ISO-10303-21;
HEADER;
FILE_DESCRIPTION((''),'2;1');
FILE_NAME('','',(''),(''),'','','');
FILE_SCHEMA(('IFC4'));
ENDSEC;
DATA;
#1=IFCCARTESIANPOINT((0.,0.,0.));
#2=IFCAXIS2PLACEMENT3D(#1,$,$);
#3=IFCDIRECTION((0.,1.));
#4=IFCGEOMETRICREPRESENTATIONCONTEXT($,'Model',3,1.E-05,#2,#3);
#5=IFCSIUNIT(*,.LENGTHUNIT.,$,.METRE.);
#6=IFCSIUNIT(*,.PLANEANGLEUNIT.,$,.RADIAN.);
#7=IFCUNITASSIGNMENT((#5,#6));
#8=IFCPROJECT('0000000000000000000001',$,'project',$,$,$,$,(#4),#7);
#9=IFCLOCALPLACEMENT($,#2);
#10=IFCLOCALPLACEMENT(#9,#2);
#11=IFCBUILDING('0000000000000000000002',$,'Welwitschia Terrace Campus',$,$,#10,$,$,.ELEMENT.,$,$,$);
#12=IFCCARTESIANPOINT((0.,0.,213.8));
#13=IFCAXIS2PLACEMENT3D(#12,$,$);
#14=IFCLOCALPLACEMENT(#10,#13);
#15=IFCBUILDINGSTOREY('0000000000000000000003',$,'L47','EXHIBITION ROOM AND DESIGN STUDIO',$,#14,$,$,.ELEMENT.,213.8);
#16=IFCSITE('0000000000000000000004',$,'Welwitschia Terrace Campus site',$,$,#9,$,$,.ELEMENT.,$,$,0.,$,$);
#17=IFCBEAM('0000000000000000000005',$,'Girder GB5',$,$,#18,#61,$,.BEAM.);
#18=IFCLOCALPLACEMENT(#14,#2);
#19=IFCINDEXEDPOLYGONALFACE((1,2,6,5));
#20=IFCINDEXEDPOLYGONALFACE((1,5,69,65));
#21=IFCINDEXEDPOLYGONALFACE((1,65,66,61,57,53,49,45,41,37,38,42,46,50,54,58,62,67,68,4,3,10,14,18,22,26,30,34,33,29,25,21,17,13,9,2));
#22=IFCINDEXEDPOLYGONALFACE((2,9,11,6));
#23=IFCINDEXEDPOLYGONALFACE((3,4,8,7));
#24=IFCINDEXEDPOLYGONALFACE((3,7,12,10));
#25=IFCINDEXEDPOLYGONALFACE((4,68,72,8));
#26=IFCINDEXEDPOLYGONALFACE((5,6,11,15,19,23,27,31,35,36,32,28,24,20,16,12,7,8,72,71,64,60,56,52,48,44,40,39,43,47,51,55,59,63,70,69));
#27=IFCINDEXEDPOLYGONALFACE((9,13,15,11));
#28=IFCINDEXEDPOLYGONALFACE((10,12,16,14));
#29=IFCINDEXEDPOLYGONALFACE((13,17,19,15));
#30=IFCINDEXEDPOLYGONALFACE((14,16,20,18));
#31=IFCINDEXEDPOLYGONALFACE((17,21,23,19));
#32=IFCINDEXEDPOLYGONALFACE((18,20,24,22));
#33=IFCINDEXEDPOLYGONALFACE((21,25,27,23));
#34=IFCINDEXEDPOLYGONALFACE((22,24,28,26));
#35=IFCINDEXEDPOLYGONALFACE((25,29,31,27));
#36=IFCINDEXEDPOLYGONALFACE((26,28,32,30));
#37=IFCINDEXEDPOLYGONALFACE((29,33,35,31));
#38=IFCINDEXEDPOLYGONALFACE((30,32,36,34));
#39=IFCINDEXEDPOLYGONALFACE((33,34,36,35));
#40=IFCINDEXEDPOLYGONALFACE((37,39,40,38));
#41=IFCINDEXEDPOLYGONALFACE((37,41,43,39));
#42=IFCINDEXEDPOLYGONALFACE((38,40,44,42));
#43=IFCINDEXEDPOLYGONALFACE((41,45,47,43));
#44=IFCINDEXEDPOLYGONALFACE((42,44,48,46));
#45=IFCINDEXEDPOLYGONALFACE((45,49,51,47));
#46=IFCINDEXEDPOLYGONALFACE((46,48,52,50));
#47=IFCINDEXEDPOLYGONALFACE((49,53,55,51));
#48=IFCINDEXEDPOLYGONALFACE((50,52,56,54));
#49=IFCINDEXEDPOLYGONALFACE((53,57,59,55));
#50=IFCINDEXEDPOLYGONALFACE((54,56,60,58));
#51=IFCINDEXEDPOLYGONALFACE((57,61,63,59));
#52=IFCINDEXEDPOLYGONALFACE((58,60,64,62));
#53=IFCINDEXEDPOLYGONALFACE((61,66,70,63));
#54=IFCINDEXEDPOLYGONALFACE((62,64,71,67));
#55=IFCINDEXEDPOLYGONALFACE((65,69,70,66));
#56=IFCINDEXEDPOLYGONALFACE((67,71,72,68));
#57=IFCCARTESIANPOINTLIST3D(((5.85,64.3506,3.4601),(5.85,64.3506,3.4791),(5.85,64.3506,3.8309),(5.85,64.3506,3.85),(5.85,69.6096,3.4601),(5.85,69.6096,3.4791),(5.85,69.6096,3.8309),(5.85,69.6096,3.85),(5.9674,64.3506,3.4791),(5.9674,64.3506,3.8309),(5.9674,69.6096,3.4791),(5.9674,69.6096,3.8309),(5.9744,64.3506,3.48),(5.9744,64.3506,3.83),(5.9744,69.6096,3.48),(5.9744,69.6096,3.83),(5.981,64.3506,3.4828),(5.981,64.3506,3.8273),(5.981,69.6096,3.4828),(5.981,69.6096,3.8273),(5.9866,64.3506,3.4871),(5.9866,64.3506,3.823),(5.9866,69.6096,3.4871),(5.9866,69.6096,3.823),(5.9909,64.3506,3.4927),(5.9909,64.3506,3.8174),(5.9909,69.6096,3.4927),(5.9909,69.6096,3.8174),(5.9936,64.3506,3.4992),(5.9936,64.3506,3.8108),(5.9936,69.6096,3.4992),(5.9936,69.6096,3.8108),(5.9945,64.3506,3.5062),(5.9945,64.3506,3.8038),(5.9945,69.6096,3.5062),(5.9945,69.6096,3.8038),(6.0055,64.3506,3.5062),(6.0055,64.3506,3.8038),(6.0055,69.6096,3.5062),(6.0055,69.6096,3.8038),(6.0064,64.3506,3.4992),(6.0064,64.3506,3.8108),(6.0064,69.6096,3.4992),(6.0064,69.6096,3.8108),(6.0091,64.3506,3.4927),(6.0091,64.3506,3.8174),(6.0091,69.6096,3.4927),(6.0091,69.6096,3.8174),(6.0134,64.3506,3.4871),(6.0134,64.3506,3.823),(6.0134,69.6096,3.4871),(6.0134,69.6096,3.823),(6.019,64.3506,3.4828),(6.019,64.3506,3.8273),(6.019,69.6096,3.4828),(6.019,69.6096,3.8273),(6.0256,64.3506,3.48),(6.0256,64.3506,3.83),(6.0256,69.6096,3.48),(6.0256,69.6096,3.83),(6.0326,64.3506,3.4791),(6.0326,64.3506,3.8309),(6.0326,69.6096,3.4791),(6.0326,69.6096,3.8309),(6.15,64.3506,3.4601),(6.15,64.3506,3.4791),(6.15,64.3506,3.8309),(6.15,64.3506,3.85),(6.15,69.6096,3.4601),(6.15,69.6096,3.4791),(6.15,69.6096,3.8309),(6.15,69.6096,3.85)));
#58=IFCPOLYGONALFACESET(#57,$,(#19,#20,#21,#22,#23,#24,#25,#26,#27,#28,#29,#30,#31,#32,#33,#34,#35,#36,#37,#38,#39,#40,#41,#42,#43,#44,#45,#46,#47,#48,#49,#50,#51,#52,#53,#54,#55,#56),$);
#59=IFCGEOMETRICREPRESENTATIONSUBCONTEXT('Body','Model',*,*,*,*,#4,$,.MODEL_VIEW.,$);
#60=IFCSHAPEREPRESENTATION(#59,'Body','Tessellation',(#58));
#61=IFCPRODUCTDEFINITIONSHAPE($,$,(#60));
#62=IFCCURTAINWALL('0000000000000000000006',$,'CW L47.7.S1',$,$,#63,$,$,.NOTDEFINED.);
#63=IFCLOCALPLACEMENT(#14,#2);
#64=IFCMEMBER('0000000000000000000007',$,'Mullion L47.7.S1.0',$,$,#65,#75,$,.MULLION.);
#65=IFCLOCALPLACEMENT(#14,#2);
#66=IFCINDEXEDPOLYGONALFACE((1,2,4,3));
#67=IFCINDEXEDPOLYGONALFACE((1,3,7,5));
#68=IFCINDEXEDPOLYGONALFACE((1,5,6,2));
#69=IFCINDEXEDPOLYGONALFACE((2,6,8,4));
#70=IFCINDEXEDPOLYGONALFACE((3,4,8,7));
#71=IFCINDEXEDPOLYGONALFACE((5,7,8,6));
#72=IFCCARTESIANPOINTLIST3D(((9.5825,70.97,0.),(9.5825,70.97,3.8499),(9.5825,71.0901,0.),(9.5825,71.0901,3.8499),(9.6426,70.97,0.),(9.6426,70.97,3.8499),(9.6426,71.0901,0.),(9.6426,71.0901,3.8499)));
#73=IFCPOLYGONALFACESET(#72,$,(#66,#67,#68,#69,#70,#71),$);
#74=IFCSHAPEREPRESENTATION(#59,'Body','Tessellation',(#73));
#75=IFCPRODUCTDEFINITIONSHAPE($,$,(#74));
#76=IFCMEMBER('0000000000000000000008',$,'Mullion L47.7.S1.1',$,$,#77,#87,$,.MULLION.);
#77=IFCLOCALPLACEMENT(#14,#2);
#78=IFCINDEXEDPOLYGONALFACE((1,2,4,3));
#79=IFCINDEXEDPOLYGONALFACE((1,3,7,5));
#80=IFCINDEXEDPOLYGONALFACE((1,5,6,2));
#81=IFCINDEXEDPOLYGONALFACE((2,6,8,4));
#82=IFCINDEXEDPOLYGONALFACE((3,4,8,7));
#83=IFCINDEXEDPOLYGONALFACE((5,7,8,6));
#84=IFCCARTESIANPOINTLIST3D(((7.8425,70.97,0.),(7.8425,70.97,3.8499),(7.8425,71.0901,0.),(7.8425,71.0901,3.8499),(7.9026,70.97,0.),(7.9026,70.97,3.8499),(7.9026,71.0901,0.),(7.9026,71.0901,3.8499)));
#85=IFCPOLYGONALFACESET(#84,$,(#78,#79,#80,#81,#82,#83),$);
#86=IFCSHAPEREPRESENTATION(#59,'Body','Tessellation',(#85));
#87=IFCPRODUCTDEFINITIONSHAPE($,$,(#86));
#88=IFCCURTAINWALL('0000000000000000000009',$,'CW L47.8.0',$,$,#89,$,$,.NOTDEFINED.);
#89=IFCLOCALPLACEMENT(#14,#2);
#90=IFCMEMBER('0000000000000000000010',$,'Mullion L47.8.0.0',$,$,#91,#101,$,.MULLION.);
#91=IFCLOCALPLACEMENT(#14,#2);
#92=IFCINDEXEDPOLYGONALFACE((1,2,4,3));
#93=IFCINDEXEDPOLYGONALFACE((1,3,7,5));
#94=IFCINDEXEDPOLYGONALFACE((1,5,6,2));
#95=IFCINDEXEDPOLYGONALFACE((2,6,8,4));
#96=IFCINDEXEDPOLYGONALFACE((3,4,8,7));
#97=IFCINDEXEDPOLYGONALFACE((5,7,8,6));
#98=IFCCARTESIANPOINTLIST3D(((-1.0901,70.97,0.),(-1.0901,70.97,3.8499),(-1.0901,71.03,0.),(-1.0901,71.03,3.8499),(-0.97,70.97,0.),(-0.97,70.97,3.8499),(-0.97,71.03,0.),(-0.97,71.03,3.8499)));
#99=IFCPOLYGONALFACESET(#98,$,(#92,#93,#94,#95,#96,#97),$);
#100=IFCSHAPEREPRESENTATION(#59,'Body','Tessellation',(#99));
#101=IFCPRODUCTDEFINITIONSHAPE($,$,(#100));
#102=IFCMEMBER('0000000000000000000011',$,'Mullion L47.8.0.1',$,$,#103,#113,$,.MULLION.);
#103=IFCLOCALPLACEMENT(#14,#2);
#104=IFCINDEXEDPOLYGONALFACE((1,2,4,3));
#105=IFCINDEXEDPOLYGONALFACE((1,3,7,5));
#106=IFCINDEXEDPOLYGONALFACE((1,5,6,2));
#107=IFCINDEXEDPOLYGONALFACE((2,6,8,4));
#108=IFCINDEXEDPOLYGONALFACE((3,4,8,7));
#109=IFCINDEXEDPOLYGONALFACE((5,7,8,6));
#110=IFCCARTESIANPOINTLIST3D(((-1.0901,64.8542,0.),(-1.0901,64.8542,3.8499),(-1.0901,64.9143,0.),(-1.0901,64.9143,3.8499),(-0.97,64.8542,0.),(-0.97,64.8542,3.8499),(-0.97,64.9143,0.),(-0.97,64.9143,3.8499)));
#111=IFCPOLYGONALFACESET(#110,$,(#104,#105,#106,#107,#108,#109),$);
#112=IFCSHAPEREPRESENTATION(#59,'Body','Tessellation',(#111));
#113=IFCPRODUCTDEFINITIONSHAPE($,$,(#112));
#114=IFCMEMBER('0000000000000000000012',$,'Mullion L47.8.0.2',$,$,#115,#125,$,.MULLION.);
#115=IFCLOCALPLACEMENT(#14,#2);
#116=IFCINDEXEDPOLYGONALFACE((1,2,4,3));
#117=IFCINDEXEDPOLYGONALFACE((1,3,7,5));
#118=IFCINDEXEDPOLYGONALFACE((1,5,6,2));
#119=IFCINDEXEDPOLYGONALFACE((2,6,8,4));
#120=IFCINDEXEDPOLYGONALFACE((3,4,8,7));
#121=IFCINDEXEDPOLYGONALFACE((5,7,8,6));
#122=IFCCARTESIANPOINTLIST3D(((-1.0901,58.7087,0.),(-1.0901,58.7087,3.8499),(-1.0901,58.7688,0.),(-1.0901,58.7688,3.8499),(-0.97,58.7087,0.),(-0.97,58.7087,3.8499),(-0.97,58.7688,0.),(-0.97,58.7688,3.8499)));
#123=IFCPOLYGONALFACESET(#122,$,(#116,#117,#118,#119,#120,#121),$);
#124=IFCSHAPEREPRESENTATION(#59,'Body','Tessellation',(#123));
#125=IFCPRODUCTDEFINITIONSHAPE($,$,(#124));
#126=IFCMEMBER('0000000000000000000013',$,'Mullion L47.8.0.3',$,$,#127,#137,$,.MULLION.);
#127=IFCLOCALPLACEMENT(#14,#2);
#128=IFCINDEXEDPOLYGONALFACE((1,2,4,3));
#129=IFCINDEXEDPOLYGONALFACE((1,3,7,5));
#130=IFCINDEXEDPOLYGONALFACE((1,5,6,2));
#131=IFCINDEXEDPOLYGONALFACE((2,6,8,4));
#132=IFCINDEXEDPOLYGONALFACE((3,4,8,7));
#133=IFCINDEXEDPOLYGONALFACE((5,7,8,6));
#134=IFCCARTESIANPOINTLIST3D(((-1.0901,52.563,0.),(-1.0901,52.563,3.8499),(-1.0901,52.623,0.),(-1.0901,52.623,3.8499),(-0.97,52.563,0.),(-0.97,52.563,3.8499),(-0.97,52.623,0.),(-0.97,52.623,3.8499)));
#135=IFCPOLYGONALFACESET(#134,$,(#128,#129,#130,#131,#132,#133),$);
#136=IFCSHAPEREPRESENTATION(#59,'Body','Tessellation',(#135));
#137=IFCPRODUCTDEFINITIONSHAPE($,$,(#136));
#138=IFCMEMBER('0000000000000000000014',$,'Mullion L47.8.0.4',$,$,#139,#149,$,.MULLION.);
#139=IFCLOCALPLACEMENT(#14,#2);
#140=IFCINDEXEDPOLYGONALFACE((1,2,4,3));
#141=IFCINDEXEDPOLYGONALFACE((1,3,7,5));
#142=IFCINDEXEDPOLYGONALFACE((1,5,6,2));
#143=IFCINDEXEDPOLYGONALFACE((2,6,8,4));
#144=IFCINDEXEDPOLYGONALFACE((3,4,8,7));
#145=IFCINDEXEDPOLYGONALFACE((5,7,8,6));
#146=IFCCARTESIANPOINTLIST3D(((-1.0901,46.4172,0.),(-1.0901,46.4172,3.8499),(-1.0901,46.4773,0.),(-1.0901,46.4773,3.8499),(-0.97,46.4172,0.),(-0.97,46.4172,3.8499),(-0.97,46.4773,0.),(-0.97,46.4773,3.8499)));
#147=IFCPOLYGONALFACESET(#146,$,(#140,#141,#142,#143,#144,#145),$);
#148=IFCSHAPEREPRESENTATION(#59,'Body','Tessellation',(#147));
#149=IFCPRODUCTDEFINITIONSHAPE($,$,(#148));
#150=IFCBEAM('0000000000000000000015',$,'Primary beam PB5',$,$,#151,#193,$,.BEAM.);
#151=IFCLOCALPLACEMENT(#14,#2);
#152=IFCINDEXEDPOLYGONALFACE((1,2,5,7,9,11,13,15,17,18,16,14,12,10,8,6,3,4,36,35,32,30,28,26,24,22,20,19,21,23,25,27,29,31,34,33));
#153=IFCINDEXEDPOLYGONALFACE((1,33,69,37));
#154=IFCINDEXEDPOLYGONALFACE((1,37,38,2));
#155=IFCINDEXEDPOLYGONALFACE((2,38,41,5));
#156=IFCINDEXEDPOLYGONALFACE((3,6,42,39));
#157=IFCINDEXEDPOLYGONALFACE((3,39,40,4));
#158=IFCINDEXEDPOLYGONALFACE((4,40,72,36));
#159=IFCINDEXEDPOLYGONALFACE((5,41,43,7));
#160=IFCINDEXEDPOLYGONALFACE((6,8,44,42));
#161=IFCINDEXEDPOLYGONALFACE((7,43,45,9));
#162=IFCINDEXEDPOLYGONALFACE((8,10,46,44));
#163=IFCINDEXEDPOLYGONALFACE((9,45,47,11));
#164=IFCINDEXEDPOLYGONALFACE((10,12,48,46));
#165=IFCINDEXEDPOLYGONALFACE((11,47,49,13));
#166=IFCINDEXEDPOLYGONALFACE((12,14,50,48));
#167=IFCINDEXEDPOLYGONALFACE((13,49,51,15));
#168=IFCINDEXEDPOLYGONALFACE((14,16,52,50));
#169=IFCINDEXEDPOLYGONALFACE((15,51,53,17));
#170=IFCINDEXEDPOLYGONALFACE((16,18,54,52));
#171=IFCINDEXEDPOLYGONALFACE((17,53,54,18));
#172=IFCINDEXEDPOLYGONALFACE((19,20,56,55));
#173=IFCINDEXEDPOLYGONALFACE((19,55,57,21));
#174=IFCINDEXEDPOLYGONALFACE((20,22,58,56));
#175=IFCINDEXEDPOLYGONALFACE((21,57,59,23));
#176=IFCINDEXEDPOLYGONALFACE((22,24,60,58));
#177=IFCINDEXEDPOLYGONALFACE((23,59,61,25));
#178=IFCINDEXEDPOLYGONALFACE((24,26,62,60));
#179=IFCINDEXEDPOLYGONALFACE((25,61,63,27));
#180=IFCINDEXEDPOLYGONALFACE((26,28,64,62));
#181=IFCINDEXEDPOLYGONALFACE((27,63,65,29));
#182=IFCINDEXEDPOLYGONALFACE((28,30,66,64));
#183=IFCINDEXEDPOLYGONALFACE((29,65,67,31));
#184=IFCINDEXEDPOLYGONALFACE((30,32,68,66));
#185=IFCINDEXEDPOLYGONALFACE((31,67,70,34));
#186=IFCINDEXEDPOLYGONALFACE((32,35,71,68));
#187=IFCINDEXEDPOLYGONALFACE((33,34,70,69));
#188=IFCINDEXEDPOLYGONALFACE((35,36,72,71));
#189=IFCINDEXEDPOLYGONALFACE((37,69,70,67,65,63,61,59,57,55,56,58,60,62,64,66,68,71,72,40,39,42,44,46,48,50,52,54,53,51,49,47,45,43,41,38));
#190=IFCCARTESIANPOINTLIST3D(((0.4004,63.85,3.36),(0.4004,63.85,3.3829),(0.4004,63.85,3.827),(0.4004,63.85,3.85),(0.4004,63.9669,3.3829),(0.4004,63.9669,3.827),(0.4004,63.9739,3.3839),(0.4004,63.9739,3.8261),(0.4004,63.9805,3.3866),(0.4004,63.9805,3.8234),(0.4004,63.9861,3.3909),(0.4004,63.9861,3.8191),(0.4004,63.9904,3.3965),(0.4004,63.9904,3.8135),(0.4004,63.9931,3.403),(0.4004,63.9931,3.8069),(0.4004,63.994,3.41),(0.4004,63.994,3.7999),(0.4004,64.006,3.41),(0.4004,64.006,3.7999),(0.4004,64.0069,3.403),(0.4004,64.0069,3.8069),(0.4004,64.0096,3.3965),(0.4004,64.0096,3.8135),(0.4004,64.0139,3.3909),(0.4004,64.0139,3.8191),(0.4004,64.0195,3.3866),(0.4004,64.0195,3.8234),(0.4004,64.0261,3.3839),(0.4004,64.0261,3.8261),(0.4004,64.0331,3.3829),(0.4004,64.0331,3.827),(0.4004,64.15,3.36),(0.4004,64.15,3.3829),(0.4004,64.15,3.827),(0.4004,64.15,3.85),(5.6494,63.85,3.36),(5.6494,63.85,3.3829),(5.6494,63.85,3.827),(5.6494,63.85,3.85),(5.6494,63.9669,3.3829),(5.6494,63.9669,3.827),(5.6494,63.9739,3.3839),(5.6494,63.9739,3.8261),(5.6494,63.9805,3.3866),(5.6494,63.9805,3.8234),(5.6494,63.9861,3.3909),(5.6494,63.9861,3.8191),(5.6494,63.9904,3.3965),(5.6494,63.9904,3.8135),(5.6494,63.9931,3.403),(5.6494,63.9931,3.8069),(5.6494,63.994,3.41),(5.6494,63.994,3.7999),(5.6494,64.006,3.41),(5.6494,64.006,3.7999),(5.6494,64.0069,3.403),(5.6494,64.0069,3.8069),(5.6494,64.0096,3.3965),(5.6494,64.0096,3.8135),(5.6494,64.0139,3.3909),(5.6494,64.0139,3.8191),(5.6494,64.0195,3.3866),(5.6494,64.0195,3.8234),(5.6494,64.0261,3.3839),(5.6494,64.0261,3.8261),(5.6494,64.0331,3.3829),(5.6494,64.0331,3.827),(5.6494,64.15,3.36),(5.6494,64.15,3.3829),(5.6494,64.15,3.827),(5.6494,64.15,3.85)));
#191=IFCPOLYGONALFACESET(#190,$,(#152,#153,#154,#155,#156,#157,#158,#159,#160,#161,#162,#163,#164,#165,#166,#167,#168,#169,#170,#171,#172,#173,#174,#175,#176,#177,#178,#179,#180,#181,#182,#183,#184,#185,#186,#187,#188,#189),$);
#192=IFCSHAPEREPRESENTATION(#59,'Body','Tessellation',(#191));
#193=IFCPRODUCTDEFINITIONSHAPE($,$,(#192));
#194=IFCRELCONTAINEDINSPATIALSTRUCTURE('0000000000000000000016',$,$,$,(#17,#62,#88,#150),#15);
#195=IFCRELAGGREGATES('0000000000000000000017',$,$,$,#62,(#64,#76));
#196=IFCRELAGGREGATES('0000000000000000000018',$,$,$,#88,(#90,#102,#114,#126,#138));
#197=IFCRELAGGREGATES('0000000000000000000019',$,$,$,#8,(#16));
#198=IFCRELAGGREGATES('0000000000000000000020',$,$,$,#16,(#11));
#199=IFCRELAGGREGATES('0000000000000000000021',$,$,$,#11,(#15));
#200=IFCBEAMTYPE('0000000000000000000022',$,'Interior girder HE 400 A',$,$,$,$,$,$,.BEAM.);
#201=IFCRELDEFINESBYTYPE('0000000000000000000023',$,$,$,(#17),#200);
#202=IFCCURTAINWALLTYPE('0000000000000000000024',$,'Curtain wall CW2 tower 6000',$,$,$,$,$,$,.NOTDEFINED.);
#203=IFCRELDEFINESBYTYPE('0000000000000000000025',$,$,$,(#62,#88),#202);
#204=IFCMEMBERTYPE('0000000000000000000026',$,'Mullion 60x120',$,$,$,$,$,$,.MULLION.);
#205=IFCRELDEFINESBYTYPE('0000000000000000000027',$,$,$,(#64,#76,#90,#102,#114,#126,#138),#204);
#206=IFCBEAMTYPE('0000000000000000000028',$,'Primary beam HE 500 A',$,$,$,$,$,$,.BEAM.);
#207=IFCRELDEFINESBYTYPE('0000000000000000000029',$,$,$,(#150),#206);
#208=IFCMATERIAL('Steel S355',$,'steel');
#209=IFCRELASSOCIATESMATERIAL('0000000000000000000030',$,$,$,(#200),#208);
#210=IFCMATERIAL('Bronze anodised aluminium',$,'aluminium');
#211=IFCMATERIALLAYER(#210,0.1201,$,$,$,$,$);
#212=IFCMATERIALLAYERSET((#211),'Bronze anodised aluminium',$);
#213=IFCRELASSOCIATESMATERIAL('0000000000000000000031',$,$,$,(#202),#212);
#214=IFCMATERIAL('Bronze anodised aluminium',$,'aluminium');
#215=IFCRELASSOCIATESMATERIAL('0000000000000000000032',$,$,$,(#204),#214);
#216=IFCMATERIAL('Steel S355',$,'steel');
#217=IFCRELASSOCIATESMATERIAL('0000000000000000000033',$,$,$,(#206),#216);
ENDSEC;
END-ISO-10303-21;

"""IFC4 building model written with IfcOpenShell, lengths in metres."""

from ifc_helpers import new_model, si_unit, direction, frame, origin, origin_2d, place, context, subcontext, project, spatial, rectangle, i_section, extrude, material, layer, layer_set, material_profile, profile_set, type_object, element, aggregate, save


model = new_model("IFC4")

# Units and contexts
model_context = context("Model", 3, precision=1e-05, world=origin(), true_north=direction((0.0, 1.0)))
body_context = subcontext(model_context, "Body", "Model", "MODEL_VIEW")
ifc_project = project(units=[si_unit("LENGTHUNIT", "METRE"), si_unit("PLANEANGLEUNIT", "RADIAN")], contexts=[model_context])

# Site, building, storey
site_placement = place(None, origin())
site = spatial("IfcSite", under=ifc_project, at=site_placement, Name="Welwitschia Terrace Campus site", CompositionType="ELEMENT", RefElevation=0.0)
building_placement = place(site_placement, origin())
building = spatial("IfcBuilding", under=site, at=building_placement, Name="Welwitschia Terrace Campus", CompositionType="ELEMENT")
storey_placement = place(building_placement, frame((0.0, 0.0, 213.8)))
storey = spatial("IfcBuildingStorey", under=building, at=storey_placement, Name="L47", Description="EXHIBITION ROOM AND DESIGN STUDIO", CompositionType="ELEMENT", Elevation=213.8)

# Beam
ifc_material_1 = material(Name="Steel S355", Category="steel")
ifc_material_profile_1 = material_profile(ifc_material_1, i_section(OverallWidth=0.3, OverallDepth=0.3899, WebThickness=0.011, FlangeThickness=0.019, FilletRadius=0.0271, at=origin_2d()))
ifc_profile_set_1 = profile_set([ifc_material_profile_1], Name="Steel S355")
beam_type_1 = type_object("IfcBeamType", Name="Interior girder HE 400 A", PredefinedType="BEAM", material=ifc_profile_set_1)
beam_1_placement = place(storey_placement, frame((6.0, 64.3506, 3.655), z_axis=(0.0, 1.0, 0.0), x_axis=(-1.0, 0.0, 0.0)))
element("IfcBeam", 1, at=beam_1_placement, inside=storey, type_object=beam_type_1, Name="Girder GB5", PredefinedType="BEAM", context=body_context, shape_type="SweptSolid", body=[
    extrude(i_section(OverallWidth=0.3, OverallDepth=0.3899, WebThickness=0.011, FlangeThickness=0.019, FilletRadius=0.0271, at=origin_2d()), origin(), (0.0, 0.0, 1.0), 5.259),
])

# Curtain walls, members
ifc_material_2 = material(Name="Bronze anodised aluminium", Category="aluminium")
ifc_layer_1 = layer(ifc_material_2, 0.1201)
ifc_layer_set_1 = layer_set([ifc_layer_1], Name="Bronze anodised aluminium")
curtain_wall_type = type_object("IfcCurtainWallType", Name="Curtain wall CW2 tower 6000", PredefinedType="NOTDEFINED", material=ifc_layer_set_1)
curtain_wall_1_placement = place(storey_placement, origin())
curtain_wall_1 = element("IfcCurtainWall", 2, at=curtain_wall_1_placement, inside=storey, type_object=curtain_wall_type, Name="CW L47.7.S1", PredefinedType="NOTDEFINED")
ifc_material_3 = material(Name="Bronze anodised aluminium", Category="aluminium")
ifc_material_profile_2 = material_profile(ifc_material_3, rectangle(XDim=0.1201, YDim=0.0601, at=origin_2d()))
ifc_profile_set_2 = profile_set([ifc_material_profile_2], Name="Bronze anodised aluminium")
member_type_1 = type_object("IfcMemberType", Name="Mullion 60x120", PredefinedType="MULLION", material=ifc_profile_set_2)
member_1_placement = place(storey_placement, frame((9.6125, 71.03, 0.0), z_axis=(0.0, 0.0, 1.0), x_axis=(0.0, -1.0, 0.0)))
member_1 = element("IfcMember", 3, at=member_1_placement, type_object=member_type_1, Name="Mullion L47.7.S1.0", PredefinedType="MULLION", context=body_context, shape_type="SweptSolid", body=[
    extrude(rectangle(XDim=0.1201, YDim=0.0601, at=origin_2d()), origin(), (0.0, 0.0, 1.0), 3.8499),
])
member_2_placement = place(storey_placement, frame((7.8726, 71.03, 0.0), z_axis=(0.0, 0.0, 1.0), x_axis=(0.0, -1.0, 0.0)))
member_2 = element("IfcMember", 4, at=member_2_placement, type_object=member_type_1, Name="Mullion L47.7.S1.1", PredefinedType="MULLION", context=body_context, shape_type="SweptSolid", body=[
    extrude(rectangle(XDim=0.1201, YDim=0.0601, at=origin_2d()), origin(), (0.0, 0.0, 1.0), 3.8499),
])
curtain_wall_2_placement = place(storey_placement, origin())
curtain_wall_2 = element("IfcCurtainWall", 5, at=curtain_wall_2_placement, inside=storey, type_object=curtain_wall_type, Name="CW L47.8.0", PredefinedType="NOTDEFINED")
member_3_placement = place(storey_placement, frame((-1.03, 71.0, 0.0), z_axis=(0.0, 0.0, 1.0), x_axis=(1.0, 0.0, 0.0)))
member_3 = element("IfcMember", 6, at=member_3_placement, type_object=member_type_1, Name="Mullion L47.8.0.0", PredefinedType="MULLION", context=body_context, shape_type="SweptSolid", body=[
    extrude(rectangle(XDim=0.1201, YDim=0.0601, at=origin_2d()), origin(), (0.0, 0.0, 1.0), 3.8499),
])
member_4_placement = place(storey_placement, frame((-1.03, 64.8843, 0.0), z_axis=(0.0, 0.0, 1.0), x_axis=(1.0, 0.0, 0.0)))
member_4 = element("IfcMember", 7, at=member_4_placement, type_object=member_type_1, Name="Mullion L47.8.0.1", PredefinedType="MULLION", context=body_context, shape_type="SweptSolid", body=[
    extrude(rectangle(XDim=0.1201, YDim=0.0601, at=origin_2d()), origin(), (0.0, 0.0, 1.0), 3.8499),
])
member_5_placement = place(storey_placement, frame((-1.03, 58.7388, 0.0), z_axis=(0.0, 0.0, 1.0), x_axis=(1.0, 0.0, 0.0)))
member_5 = element("IfcMember", 8, at=member_5_placement, type_object=member_type_1, Name="Mullion L47.8.0.2", PredefinedType="MULLION", context=body_context, shape_type="SweptSolid", body=[
    extrude(rectangle(XDim=0.1201, YDim=0.0601, at=origin_2d()), origin(), (0.0, 0.0, 1.0), 3.8499),
])
member_6_placement = place(storey_placement, frame((-1.03, 52.593, 0.0), z_axis=(0.0, 0.0, 1.0), x_axis=(1.0, 0.0, 0.0)))
member_6 = element("IfcMember", 9, at=member_6_placement, type_object=member_type_1, Name="Mullion L47.8.0.3", PredefinedType="MULLION", context=body_context, shape_type="SweptSolid", body=[
    extrude(rectangle(XDim=0.1201, YDim=0.0601, at=origin_2d()), origin(), (0.0, 0.0, 1.0), 3.8499),
])
member_7_placement = place(storey_placement, frame((-1.03, 46.4473, 0.0), z_axis=(0.0, 0.0, 1.0), x_axis=(1.0, 0.0, 0.0)))
member_7 = element("IfcMember", 10, at=member_7_placement, type_object=member_type_1, Name="Mullion L47.8.0.4", PredefinedType="MULLION", context=body_context, shape_type="SweptSolid", body=[
    extrude(rectangle(XDim=0.1201, YDim=0.0601, at=origin_2d()), origin(), (0.0, 0.0, 1.0), 3.8499),
])

# Beam
ifc_material_4 = material(Name="Steel S355", Category="steel")
ifc_material_profile_3 = material_profile(ifc_material_4, i_section(OverallWidth=0.3, OverallDepth=0.49, WebThickness=0.012, FlangeThickness=0.0229, FilletRadius=0.0271, at=origin_2d()))
ifc_profile_set_3 = profile_set([ifc_material_profile_3], Name="Steel S355")
beam_type_2 = type_object("IfcBeamType", Name="Primary beam HE 500 A", PredefinedType="BEAM", material=ifc_profile_set_3)
for number, where, z_axis, x_axis, name in (
    (11, (0.4004, 64.0, 3.605), (1.0, 0.0, 0.0), (0.0, 1.0, 0.0), "Primary beam PB5"),
):
    element("IfcBeam", number, at=place(storey_placement, frame(where, z_axis=z_axis, x_axis=x_axis)), inside=storey, type_object=beam_type_2, Name=name, PredefinedType="BEAM", context=body_context, shape_type="SweptSolid", body=[
        extrude(i_section(OverallWidth=0.3, OverallDepth=0.49, WebThickness=0.012, FlangeThickness=0.0229, FilletRadius=0.0271, at=origin_2d()), origin(), (0.0, 0.0, 1.0), 5.249),
    ])

aggregate(curtain_wall_1, [member_1, member_2])
aggregate(curtain_wall_2, [member_3, member_4, member_5, member_6, member_7])

save(model, "model.ifc")
